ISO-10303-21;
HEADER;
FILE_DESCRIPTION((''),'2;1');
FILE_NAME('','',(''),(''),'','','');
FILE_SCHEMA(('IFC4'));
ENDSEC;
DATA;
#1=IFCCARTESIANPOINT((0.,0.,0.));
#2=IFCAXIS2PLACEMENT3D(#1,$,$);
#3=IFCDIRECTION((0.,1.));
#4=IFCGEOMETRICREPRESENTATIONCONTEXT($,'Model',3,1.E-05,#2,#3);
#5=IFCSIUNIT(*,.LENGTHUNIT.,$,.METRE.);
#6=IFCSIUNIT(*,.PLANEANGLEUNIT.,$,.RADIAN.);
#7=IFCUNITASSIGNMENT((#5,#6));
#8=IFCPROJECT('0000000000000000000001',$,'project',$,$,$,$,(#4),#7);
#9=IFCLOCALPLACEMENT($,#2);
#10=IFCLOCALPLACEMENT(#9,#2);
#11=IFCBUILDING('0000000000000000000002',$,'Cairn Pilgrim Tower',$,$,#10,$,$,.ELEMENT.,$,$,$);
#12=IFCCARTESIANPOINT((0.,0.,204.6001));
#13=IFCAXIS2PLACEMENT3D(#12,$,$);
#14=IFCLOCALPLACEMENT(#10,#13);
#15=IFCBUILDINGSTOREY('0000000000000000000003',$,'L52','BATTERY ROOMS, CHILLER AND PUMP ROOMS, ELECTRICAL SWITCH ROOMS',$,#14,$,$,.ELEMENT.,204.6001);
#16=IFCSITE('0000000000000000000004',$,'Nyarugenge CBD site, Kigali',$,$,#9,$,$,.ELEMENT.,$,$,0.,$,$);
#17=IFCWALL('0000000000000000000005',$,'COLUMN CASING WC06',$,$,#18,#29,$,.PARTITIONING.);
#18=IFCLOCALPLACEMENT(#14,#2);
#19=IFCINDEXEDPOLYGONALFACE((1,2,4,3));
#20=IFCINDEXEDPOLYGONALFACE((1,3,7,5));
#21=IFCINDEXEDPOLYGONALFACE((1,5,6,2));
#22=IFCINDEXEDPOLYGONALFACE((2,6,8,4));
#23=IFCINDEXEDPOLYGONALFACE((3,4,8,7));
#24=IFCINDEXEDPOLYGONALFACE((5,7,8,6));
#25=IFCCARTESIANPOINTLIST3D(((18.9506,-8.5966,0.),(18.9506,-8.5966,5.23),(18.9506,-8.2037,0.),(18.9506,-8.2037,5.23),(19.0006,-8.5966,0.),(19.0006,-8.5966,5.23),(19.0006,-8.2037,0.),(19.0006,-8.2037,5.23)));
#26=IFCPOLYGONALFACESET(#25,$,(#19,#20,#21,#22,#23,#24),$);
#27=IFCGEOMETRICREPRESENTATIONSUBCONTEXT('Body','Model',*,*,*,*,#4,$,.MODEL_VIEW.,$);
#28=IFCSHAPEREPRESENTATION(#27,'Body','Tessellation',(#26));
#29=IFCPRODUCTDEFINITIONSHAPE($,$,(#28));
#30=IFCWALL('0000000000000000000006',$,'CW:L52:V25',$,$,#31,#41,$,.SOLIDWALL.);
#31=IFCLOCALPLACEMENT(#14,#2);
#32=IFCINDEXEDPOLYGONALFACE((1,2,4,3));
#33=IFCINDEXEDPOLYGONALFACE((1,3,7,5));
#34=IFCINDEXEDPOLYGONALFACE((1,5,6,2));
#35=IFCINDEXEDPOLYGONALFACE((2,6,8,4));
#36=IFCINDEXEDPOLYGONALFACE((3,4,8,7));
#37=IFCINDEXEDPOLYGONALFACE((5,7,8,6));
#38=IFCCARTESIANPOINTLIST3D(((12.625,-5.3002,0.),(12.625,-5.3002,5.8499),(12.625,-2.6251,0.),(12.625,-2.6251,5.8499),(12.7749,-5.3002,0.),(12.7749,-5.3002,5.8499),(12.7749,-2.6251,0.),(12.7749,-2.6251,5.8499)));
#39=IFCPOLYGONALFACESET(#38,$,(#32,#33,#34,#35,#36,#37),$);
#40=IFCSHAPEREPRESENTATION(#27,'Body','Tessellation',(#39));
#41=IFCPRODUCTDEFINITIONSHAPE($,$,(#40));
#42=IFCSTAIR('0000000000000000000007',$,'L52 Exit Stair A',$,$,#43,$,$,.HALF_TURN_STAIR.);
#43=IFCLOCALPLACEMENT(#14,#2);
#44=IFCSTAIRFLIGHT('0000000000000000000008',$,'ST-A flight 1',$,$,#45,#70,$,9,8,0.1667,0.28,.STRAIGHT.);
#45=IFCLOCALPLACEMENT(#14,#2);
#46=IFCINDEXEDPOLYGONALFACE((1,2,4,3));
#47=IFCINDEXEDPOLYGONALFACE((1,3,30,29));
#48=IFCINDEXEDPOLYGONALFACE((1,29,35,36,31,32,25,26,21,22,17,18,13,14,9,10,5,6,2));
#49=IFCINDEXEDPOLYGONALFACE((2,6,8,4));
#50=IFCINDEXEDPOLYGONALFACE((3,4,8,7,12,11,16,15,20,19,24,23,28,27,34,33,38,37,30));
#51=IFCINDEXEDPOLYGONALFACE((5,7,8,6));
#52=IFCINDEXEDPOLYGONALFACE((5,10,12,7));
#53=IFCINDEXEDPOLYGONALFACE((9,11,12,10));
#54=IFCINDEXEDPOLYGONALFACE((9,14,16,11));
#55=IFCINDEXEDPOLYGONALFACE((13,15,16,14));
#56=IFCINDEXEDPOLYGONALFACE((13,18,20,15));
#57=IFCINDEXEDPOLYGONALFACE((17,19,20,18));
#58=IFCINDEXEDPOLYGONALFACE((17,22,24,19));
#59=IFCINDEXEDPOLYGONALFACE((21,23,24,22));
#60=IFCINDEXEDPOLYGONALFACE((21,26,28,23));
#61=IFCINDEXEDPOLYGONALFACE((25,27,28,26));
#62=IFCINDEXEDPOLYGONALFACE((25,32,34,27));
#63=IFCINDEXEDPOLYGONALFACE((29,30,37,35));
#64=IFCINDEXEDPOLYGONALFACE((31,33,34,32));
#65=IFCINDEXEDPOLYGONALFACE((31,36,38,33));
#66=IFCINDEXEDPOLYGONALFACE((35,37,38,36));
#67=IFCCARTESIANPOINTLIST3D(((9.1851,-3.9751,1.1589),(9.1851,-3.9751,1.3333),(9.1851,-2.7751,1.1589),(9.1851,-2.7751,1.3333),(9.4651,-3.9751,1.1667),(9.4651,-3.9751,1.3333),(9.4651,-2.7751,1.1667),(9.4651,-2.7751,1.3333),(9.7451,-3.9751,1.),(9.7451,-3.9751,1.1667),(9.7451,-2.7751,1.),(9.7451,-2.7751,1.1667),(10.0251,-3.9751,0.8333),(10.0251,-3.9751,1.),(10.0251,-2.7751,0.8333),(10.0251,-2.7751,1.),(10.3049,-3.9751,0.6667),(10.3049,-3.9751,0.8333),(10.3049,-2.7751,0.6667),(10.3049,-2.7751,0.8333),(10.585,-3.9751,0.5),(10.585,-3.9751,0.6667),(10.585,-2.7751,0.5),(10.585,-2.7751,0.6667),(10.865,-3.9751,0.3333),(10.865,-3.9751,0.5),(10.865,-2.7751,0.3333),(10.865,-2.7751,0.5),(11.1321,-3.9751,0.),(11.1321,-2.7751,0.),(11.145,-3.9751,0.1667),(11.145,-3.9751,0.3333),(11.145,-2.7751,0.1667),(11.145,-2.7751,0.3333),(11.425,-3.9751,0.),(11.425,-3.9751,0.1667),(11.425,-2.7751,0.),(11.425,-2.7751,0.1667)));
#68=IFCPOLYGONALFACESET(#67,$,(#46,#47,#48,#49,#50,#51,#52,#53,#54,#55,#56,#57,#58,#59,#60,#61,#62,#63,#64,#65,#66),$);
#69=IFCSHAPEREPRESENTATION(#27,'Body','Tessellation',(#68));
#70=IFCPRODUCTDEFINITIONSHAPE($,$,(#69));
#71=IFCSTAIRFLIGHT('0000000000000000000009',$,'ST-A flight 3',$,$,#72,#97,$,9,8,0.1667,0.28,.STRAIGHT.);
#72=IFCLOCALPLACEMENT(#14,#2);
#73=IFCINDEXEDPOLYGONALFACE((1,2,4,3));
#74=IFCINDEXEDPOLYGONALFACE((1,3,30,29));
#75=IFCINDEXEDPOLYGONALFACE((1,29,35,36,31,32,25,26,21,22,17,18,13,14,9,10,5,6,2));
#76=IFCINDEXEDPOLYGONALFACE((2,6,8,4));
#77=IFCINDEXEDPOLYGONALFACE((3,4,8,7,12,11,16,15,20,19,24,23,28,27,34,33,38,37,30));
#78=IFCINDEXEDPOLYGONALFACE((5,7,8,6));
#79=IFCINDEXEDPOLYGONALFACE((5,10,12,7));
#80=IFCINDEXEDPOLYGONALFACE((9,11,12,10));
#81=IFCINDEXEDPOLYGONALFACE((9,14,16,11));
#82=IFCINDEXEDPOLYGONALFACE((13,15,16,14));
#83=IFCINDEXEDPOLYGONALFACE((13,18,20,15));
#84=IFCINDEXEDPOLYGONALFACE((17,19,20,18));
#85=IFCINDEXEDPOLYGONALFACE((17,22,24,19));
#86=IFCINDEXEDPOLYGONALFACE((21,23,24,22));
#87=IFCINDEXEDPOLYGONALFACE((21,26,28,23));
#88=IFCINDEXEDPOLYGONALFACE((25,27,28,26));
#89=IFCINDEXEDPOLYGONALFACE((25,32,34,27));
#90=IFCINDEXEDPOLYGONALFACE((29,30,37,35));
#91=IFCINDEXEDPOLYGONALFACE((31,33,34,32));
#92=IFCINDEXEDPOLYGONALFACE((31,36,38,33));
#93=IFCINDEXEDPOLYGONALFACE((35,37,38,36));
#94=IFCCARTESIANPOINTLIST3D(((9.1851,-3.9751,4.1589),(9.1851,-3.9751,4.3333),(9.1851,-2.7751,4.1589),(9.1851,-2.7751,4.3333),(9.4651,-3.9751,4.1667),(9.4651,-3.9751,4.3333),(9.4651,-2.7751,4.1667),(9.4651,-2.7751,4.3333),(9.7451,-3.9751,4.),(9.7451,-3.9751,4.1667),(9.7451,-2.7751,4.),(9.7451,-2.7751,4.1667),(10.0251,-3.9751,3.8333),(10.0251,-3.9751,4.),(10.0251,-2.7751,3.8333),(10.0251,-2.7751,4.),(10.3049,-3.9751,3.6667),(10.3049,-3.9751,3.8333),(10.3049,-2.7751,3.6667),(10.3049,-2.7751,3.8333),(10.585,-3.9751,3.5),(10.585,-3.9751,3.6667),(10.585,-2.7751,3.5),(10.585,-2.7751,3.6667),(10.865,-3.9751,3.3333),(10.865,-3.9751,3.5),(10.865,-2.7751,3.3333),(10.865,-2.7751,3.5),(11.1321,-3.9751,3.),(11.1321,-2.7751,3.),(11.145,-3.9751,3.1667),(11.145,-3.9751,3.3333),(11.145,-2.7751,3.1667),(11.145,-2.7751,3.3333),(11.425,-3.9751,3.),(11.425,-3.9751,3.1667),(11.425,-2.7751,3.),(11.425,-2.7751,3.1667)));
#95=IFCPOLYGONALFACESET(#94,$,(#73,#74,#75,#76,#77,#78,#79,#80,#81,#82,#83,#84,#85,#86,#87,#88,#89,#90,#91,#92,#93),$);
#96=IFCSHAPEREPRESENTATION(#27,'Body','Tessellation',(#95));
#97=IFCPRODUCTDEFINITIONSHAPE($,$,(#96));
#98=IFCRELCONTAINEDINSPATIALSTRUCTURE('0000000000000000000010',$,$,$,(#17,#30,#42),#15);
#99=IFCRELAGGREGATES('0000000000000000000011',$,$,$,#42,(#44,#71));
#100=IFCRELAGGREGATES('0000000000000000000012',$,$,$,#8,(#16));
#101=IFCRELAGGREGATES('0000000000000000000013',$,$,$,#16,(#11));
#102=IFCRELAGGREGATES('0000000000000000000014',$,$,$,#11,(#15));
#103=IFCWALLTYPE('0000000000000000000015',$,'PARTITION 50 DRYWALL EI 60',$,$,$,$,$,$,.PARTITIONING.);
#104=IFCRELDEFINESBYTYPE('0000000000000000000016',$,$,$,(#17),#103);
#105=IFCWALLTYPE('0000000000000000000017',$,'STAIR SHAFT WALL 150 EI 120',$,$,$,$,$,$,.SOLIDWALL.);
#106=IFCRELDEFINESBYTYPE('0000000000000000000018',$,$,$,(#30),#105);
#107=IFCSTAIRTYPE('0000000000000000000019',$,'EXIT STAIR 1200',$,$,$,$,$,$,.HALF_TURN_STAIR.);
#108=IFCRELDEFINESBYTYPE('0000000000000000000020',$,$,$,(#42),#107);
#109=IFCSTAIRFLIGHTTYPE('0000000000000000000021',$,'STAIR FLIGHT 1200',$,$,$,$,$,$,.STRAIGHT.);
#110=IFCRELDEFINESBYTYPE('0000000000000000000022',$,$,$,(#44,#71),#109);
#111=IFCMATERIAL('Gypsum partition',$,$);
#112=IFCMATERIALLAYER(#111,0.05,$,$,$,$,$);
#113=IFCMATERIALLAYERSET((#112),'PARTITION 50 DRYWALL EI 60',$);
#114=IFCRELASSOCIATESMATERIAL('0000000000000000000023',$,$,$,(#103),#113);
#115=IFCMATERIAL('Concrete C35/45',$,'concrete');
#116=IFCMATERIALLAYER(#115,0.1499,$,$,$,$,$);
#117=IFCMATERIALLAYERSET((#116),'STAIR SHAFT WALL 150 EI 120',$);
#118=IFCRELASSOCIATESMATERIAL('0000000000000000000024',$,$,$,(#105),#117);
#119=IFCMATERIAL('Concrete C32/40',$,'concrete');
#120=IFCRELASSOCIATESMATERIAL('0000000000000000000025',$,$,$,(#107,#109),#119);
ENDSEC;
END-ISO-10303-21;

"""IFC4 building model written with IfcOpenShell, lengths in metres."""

from ifc_helpers import new_model, si_unit, direction, frame, frame_2d, origin, place, context, subcontext, project, spatial, polyline, rectangle, outline, extrude, material, layer, layer_set, type_object, element, aggregate, save


model = new_model("IFC4")

# Units and contexts
model_context = context("Model", 3, precision=1e-05, world=origin(), true_north=direction((0.0, 1.0)))
body_context = subcontext(model_context, "Body", "Model", "MODEL_VIEW")
ifc_project = project(units=[si_unit("LENGTHUNIT", "METRE"), si_unit("PLANEANGLEUNIT", "RADIAN")], contexts=[model_context])

# Site, building, storey
site_placement = place(None, origin())
site = spatial("IfcSite", under=ifc_project, at=site_placement, Name="Nyarugenge CBD site, Kigali", CompositionType="ELEMENT", RefElevation=0.0)
building_placement = place(site_placement, origin())
building = spatial("IfcBuilding", under=site, at=building_placement, Name="Cairn Pilgrim Tower", CompositionType="ELEMENT")
storey_placement = place(building_placement, frame((0.0, 0.0, 204.6001)))
storey = spatial("IfcBuildingStorey", under=building, at=storey_placement, Name="L52", Description="BATTERY ROOMS, CHILLER AND PUMP ROOMS, ELECTRICAL SWITCH ROOMS", CompositionType="ELEMENT", Elevation=204.6001)

# Shared definitions
ifc_material_1 = material(Name="Concrete C32/40", Category="concrete")

# Walls
ifc_material_2 = material(Name="Gypsum partition")
ifc_layer_1 = layer(ifc_material_2, 0.05)
ifc_layer_set_1 = layer_set([ifc_layer_1], Name="PARTITION 50 DRYWALL EI 60")
wall_type_1 = type_object("IfcWallType", Name="PARTITION 50 DRYWALL EI 60", PredefinedType="PARTITIONING", material=ifc_layer_set_1)
wall_1_placement = place(storey_placement, frame((18.9756, -8.5964, 0.0), z_axis=(0.0, 0.0, 1.0), x_axis=(0.0, 1.0, 0.0)))
element("IfcWall", 1, at=wall_1_placement, inside=storey, type_object=wall_type_1, Name="COLUMN CASING WC06", PredefinedType="PARTITIONING", context=body_context, shape_type="SweptSolid", body=[
    extrude(rectangle(XDim=0.3928, YDim=0.05, at=frame_2d((0.1963, 0.0))), origin(), (0.0, 0.0, 1.0), 5.23),
])
ifc_material_3 = material(Name="Concrete C35/45", Category="concrete")
ifc_layer_2 = layer(ifc_material_3, 0.1499)
ifc_layer_set_2 = layer_set([ifc_layer_2], Name="STAIR SHAFT WALL 150 EI 120")
wall_type_2 = type_object("IfcWallType", Name="STAIR SHAFT WALL 150 EI 120", PredefinedType="SOLIDWALL", material=ifc_layer_set_2)
wall_2_placement = place(storey_placement, frame((12.7, -5.3, 0.0), z_axis=(0.0, 0.0, 1.0), x_axis=(0.0, 1.0, 0.0)))
element("IfcWall", 2, at=wall_2_placement, inside=storey, type_object=wall_type_2, Name="CW:L52:V25", PredefinedType="SOLIDWALL", context=body_context, shape_type="SweptSolid", body=[
    extrude(rectangle(XDim=2.675, YDim=0.1499, at=frame_2d((1.3374, 0.0))), origin(), (0.0, 0.0, 1.0), 5.8499),
])

# Stair, stair flights
stair_type = type_object("IfcStairType", Name="EXIT STAIR 1200", PredefinedType="HALF_TURN_STAIR", material=ifc_material_1)
stair_placement = place(storey_placement, origin())
stair = element("IfcStair", 3, at=stair_placement, inside=storey, type_object=stair_type, Name="L52 Exit Stair A", PredefinedType="HALF_TURN_STAIR")
stair_flight_type = type_object("IfcStairFlightType", Name="STAIR FLIGHT 1200", PredefinedType="STRAIGHT", material=ifc_material_1)
stair_flight_1_placement = place(storey_placement, frame((11.425, -3.375, 0.0), z_axis=(0.0, 0.0, 1.0), x_axis=(-1.0, 0.0, 0.0)))
stair_flight_1 = element("IfcStairFlight", 4, at=stair_flight_1_placement, type_object=stair_flight_type, Name="ST-A flight 1", NumberOfRisers=9, NumberOfTreads=8, PredefinedType="STRAIGHT", RiserHeight=0.1667, TreadLength=0.28, context=body_context, shape_type="SweptSolid", body=[
    extrude(outline(polyline([(0.0, 0.0), (0.0, 0.1667), (0.28, 0.1667), (0.28, 0.3333), (0.5601, 0.3333), (0.5601, 0.5), (0.8401, 0.5), (0.8401, 0.6667), (1.1201, 0.6667), (1.1201, 0.8333), (1.3999, 0.8333), (1.3999, 1.0), (1.6799, 1.0), (1.6799, 1.1667), (1.96, 1.1667), (1.96, 1.3333), (2.24, 1.3333), (2.24, 1.5), (2.24, 1.1589), (0.293, 0.0), (0.0, 0.0)])), frame((0.0, 0.6001, 0.0), z_axis=(0.0, -1.0, 0.0), x_axis=(1.0, 0.0, 0.0)), (0.0, 0.0, 1.0), 1.2),
])
stair_flight_2_placement = place(storey_placement, frame((11.425, -3.375, 3.0), z_axis=(0.0, 0.0, 1.0), x_axis=(-1.0, 0.0, 0.0)))
stair_flight_2 = element("IfcStairFlight", 5, at=stair_flight_2_placement, type_object=stair_flight_type, Name="ST-A flight 3", NumberOfRisers=9, NumberOfTreads=8, PredefinedType="STRAIGHT", RiserHeight=0.1667, TreadLength=0.28, context=body_context, shape_type="SweptSolid", body=[
    extrude(outline(polyline([(0.0, 0.0), (0.0, 0.1667), (0.28, 0.1667), (0.28, 0.3333), (0.5601, 0.3333), (0.5601, 0.5), (0.8401, 0.5), (0.8401, 0.6667), (1.1201, 0.6667), (1.1201, 0.8333), (1.3999, 0.8333), (1.3999, 1.0), (1.6799, 1.0), (1.6799, 1.1667), (1.96, 1.1667), (1.96, 1.3333), (2.24, 1.3333), (2.24, 1.5), (2.24, 1.1589), (0.293, 0.0), (0.0, 0.0)])), frame((0.0, 0.6001, 0.0), z_axis=(0.0, -1.0, 0.0), x_axis=(1.0, 0.0, 0.0)), (0.0, 0.0, 1.0), 1.2),
])
aggregate(stair, [stair_flight_1, stair_flight_2])

save(model, "model.ifc")
